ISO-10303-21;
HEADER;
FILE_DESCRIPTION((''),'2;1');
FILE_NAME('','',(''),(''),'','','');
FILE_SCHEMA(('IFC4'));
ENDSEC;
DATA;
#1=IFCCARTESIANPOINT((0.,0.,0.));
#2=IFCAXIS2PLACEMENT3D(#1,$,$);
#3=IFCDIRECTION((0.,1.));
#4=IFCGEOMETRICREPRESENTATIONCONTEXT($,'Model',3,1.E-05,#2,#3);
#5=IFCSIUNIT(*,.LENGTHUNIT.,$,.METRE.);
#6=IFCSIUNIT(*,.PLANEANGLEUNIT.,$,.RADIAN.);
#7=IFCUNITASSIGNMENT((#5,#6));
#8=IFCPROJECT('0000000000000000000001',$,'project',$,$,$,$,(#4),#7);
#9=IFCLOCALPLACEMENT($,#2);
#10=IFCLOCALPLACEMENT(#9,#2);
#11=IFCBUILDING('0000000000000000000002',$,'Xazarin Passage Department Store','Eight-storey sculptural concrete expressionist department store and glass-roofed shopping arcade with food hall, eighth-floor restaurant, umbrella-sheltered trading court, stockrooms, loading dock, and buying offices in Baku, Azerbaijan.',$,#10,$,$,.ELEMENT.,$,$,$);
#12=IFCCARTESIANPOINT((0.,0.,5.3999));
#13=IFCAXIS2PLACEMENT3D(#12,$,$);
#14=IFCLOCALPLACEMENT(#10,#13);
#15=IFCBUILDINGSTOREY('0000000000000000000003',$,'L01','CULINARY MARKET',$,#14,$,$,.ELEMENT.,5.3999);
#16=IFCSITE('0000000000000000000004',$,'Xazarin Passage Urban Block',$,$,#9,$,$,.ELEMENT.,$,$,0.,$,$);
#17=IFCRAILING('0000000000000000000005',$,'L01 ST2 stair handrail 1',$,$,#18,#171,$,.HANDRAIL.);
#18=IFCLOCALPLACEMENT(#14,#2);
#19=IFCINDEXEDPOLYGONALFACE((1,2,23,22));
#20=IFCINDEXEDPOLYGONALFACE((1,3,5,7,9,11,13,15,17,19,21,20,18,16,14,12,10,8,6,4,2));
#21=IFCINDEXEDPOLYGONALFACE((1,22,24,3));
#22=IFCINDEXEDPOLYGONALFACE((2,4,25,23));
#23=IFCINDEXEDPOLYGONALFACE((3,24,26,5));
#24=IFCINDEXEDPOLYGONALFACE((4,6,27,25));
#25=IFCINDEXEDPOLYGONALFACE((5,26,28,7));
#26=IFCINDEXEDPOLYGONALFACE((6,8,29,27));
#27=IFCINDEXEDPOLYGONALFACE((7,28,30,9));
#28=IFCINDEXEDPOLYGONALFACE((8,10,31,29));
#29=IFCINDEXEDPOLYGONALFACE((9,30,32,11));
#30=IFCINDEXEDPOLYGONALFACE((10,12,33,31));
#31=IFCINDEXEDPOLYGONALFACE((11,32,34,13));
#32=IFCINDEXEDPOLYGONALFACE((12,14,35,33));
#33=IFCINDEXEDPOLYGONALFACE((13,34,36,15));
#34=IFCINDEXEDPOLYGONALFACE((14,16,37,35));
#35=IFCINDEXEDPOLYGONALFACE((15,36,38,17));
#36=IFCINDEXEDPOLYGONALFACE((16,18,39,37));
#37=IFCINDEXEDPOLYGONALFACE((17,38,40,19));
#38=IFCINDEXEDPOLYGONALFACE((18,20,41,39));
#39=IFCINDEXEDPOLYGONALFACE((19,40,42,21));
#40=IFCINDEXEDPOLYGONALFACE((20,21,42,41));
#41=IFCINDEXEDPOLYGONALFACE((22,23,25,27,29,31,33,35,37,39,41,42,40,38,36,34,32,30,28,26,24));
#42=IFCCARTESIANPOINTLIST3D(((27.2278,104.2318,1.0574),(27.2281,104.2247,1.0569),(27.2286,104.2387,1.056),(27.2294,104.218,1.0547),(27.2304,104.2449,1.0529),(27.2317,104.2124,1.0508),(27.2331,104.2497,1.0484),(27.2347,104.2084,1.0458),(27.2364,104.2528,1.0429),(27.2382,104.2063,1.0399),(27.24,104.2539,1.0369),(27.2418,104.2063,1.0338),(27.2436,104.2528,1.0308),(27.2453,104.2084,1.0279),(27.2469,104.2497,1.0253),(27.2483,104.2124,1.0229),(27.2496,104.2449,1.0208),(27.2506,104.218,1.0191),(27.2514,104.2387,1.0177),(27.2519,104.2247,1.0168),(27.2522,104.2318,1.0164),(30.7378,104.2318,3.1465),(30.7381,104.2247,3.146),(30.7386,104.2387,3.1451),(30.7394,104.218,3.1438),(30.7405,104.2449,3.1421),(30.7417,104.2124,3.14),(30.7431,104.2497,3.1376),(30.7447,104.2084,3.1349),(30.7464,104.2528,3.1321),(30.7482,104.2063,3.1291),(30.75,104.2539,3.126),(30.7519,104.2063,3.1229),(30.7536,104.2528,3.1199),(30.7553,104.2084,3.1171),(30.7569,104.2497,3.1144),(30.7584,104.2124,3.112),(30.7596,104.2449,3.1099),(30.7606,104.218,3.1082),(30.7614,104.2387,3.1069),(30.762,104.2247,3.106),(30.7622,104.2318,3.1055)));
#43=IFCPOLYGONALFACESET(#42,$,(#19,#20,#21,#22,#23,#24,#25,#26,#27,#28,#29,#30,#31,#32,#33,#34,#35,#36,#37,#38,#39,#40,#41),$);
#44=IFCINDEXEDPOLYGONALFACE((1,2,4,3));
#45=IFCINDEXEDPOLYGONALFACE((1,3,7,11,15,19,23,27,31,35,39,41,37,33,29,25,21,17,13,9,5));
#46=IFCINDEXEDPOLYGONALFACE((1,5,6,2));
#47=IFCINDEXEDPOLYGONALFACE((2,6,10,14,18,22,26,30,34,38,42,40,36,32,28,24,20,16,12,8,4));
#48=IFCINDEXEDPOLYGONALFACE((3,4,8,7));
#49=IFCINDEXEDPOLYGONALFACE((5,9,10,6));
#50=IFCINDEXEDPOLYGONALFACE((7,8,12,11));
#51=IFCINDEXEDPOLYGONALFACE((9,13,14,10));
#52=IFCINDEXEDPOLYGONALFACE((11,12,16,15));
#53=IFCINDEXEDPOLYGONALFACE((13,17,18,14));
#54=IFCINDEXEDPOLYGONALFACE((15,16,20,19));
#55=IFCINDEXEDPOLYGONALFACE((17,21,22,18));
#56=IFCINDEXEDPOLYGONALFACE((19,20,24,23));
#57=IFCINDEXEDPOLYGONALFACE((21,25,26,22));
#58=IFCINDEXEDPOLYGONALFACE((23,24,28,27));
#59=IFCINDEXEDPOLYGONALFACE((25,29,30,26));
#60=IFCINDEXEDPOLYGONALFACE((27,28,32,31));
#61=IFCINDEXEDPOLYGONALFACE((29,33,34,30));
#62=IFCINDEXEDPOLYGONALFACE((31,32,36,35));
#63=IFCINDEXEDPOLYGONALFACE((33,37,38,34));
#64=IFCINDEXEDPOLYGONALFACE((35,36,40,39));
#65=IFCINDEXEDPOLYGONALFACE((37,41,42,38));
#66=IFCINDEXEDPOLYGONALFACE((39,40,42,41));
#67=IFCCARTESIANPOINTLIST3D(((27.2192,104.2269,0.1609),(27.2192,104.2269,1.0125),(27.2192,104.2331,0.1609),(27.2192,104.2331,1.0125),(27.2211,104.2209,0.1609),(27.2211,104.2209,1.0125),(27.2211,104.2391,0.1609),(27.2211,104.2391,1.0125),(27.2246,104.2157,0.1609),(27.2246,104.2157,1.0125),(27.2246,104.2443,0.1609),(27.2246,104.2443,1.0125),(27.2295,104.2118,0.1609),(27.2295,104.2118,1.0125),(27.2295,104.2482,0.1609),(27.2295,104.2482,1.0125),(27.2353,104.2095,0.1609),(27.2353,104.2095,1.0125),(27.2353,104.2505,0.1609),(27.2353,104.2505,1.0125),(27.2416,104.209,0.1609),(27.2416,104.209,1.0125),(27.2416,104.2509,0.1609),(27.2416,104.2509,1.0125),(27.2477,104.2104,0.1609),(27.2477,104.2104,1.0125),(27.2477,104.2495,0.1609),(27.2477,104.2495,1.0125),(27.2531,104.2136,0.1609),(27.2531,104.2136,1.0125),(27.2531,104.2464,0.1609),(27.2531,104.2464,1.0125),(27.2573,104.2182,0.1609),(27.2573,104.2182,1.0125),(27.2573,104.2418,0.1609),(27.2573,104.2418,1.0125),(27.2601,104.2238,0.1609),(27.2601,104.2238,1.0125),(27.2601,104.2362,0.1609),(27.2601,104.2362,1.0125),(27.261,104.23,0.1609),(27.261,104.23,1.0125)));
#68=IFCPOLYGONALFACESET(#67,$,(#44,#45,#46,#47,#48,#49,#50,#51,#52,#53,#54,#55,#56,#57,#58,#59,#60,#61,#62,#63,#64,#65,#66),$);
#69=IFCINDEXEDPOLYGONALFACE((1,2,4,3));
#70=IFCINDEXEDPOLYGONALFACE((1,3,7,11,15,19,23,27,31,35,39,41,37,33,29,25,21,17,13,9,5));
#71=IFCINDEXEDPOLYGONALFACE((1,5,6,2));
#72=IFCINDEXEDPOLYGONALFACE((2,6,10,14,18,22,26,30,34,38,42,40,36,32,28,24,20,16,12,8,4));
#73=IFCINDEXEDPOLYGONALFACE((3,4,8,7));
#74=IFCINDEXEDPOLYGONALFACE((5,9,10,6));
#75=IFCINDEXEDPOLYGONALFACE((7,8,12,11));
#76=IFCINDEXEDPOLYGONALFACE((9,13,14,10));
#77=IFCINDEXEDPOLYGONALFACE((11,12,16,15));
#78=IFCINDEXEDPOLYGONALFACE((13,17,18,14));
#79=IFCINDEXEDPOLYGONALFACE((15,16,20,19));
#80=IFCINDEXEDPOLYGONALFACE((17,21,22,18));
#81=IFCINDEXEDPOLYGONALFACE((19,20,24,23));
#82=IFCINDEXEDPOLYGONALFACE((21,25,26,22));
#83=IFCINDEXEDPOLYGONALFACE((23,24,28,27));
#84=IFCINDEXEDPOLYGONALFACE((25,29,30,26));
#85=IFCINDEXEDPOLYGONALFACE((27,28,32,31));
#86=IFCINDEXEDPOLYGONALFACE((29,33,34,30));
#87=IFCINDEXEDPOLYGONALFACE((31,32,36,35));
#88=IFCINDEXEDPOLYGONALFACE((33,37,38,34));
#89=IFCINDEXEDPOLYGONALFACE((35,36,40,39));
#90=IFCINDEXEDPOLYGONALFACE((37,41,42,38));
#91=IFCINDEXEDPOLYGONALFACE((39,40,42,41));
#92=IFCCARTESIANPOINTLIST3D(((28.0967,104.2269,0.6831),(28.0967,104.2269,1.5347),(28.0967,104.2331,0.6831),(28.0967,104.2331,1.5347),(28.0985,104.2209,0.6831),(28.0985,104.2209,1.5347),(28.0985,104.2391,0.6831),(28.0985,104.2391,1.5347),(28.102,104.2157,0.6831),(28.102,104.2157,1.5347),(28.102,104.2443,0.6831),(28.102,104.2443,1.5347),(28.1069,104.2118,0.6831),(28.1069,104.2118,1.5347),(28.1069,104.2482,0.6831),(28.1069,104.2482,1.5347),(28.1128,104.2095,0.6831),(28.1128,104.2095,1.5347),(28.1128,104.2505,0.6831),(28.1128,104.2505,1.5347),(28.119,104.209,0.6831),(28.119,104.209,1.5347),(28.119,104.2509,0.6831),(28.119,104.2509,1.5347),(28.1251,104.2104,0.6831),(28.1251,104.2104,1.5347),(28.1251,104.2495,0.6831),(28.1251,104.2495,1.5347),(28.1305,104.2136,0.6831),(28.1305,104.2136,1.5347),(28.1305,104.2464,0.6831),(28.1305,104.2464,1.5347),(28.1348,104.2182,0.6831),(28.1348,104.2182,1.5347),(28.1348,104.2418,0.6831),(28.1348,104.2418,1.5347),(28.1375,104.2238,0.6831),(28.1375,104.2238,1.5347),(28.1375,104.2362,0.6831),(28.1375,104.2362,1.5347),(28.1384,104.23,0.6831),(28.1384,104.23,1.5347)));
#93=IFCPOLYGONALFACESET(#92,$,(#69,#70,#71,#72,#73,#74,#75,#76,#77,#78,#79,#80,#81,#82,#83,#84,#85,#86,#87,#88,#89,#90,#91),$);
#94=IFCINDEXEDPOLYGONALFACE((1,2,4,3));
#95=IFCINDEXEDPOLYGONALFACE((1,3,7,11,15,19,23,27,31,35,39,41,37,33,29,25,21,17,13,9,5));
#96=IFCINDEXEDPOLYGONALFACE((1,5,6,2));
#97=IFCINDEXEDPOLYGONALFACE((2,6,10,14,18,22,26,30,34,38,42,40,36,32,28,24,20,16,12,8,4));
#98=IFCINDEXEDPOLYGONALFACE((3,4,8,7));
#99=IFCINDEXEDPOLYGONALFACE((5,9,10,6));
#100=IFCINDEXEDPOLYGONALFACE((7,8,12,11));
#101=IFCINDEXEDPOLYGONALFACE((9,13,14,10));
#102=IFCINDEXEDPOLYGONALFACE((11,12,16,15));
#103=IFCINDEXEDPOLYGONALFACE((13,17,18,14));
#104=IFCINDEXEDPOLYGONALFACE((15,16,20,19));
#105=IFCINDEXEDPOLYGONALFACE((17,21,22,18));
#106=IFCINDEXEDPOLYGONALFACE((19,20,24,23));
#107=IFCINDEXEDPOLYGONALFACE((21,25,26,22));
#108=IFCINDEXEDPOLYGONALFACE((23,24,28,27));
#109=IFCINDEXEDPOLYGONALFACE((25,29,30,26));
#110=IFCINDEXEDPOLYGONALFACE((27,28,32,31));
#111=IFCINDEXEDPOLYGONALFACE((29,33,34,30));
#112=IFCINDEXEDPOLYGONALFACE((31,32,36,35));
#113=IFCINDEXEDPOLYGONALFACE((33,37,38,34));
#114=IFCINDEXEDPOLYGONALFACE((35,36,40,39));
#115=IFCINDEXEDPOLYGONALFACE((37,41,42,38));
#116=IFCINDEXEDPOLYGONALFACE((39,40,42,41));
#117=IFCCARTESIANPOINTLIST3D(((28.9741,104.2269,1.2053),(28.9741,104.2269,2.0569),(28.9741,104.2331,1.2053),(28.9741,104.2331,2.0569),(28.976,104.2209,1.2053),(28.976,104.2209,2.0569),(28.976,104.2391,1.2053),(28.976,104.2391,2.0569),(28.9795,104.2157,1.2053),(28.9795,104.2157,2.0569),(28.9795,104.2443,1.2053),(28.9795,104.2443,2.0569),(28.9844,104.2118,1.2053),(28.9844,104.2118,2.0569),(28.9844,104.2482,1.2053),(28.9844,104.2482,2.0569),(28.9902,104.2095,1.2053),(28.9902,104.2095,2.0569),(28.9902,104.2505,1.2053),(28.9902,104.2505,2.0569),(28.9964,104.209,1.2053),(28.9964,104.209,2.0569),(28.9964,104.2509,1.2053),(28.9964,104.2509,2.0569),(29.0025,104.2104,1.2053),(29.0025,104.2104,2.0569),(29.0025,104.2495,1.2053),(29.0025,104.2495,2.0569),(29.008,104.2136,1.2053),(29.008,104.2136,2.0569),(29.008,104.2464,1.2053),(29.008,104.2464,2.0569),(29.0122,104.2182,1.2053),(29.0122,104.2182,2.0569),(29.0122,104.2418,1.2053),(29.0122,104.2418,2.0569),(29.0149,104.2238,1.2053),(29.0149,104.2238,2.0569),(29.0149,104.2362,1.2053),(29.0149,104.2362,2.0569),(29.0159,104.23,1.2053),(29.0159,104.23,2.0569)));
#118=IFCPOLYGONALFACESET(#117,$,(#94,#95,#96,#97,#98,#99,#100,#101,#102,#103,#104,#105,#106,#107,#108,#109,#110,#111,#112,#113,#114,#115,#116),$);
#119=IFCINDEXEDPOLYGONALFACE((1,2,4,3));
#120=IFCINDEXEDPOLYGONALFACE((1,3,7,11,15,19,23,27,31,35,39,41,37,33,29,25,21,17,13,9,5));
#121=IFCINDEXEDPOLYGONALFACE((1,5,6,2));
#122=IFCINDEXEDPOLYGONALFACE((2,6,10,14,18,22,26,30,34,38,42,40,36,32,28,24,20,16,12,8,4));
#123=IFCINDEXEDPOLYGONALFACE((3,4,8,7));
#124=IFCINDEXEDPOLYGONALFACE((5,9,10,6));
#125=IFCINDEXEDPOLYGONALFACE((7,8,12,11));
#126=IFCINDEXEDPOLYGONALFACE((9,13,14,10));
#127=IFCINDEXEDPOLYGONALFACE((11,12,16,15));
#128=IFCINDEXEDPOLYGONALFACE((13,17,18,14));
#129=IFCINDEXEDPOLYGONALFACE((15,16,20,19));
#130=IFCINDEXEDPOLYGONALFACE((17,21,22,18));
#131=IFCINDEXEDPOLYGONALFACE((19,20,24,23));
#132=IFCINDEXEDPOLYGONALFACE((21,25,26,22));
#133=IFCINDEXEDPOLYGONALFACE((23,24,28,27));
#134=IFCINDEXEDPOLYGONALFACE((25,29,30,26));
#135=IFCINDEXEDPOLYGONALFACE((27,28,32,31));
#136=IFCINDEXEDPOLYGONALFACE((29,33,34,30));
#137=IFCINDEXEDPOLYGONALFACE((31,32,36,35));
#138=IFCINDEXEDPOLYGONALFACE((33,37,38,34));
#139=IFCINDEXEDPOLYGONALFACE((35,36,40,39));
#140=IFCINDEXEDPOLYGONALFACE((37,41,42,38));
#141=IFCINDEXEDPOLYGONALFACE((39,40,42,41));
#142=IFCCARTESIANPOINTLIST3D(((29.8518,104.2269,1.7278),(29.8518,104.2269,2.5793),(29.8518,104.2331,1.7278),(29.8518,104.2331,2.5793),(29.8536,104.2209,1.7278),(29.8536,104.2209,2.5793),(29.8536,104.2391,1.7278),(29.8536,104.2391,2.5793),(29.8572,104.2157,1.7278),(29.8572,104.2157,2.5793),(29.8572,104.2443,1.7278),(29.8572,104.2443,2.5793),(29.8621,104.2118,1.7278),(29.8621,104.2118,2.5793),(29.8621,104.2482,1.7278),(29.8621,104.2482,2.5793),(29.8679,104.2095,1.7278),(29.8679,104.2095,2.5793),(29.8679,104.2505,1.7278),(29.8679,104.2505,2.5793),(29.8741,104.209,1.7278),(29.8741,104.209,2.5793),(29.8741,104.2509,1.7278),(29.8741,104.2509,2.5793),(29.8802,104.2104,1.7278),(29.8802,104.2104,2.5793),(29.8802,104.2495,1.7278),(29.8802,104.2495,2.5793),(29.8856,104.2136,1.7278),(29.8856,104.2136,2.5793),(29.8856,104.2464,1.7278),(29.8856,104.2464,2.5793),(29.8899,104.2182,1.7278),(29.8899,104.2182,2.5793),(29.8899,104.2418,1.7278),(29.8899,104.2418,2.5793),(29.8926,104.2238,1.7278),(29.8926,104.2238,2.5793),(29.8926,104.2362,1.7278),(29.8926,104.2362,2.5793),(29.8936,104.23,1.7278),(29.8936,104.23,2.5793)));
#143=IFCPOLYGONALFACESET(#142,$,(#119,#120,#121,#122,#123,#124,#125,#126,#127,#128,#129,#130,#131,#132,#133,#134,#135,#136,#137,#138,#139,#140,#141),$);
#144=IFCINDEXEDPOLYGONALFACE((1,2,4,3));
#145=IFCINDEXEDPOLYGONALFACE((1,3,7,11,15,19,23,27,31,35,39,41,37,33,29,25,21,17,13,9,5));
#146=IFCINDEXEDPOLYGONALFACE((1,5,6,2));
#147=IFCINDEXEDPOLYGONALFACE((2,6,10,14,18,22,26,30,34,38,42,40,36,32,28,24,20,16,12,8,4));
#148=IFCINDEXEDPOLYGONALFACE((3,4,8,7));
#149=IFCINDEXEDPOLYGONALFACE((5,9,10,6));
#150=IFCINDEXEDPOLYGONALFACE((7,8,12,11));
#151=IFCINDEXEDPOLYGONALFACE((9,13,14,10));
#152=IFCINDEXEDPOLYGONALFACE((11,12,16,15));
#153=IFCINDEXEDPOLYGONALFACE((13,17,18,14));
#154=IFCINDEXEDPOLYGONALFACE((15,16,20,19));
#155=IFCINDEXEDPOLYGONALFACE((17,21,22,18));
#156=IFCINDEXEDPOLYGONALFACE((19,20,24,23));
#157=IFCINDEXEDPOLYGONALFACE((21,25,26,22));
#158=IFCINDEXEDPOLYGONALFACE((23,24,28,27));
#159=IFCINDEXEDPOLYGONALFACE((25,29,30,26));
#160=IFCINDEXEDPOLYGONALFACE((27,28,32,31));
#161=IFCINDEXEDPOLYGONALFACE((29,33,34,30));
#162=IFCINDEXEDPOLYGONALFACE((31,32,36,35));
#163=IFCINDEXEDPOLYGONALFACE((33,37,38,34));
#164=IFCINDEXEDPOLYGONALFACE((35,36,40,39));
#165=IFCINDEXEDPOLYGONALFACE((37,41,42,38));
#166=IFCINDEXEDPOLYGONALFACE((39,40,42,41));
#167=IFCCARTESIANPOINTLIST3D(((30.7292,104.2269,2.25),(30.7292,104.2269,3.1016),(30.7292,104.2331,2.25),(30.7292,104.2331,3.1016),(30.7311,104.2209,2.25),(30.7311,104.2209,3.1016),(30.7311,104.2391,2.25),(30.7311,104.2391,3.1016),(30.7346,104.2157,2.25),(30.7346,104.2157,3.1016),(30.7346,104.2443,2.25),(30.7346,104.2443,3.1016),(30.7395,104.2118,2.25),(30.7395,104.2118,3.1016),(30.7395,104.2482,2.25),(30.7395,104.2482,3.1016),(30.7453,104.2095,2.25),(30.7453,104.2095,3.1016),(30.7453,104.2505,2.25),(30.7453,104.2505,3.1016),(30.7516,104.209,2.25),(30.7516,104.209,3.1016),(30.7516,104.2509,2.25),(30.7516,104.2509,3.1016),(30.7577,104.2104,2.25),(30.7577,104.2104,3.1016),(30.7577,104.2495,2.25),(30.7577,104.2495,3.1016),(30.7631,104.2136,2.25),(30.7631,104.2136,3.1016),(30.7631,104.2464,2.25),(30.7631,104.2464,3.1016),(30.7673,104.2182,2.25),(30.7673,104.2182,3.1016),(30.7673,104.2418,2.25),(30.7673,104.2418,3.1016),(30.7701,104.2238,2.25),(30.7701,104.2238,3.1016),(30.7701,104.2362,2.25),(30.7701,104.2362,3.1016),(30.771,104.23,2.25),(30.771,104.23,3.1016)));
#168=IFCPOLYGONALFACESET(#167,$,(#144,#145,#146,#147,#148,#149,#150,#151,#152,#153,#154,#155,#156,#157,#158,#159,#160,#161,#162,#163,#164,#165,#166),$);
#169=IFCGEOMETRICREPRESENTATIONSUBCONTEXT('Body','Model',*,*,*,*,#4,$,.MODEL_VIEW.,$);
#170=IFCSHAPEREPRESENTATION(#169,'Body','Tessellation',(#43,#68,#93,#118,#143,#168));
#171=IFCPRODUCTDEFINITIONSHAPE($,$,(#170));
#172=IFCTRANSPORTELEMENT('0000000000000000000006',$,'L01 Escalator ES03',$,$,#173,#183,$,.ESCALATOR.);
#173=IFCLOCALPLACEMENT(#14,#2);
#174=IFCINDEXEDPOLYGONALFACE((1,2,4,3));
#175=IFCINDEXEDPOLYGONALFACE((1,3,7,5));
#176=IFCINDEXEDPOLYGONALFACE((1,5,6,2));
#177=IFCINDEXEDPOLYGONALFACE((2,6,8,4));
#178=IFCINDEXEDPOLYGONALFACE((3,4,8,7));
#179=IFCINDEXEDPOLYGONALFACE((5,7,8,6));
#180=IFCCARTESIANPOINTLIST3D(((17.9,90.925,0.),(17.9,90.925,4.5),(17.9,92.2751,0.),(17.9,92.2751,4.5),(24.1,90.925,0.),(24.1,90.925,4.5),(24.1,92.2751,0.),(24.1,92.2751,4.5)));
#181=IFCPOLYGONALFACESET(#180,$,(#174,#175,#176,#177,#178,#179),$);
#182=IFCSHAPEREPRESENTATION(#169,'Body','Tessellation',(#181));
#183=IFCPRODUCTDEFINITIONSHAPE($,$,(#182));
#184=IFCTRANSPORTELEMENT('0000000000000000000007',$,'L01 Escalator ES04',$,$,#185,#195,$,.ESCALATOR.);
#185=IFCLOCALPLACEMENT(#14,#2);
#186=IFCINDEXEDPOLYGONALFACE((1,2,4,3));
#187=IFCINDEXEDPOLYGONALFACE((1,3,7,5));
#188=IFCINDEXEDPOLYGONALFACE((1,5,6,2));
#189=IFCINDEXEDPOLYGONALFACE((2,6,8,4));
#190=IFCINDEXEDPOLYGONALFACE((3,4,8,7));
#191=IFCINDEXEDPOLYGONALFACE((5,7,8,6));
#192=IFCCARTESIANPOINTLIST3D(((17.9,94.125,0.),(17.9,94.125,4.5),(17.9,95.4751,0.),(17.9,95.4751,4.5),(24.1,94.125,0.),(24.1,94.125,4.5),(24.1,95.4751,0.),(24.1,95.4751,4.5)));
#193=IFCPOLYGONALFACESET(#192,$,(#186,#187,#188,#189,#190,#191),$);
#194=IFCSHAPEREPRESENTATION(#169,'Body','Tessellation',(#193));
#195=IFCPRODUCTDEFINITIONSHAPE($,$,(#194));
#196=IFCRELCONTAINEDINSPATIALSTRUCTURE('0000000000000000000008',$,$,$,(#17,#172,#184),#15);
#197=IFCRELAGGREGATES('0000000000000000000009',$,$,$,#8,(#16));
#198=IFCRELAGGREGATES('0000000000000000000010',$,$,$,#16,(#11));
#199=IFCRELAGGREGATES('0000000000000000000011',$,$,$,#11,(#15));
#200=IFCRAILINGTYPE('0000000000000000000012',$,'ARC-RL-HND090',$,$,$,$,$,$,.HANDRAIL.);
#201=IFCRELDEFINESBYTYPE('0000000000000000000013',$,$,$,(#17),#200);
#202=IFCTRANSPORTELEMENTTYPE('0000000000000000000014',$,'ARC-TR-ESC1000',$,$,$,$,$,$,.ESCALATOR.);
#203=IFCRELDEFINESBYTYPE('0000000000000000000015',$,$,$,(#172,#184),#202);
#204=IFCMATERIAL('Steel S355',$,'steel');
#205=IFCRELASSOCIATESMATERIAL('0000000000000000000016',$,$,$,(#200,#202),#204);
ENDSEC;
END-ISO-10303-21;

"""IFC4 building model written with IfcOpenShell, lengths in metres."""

from ifc_helpers import new_model, si_unit, direction, frame, origin, origin_2d, place, context, subcontext, project, spatial, rectangle, circle, extrude, material, type_object, element, save


model = new_model("IFC4")

# Units and contexts
model_context = context("Model", 3, precision=1e-05, world=origin(), true_north=direction((0.0, 1.0)))
body_context = subcontext(model_context, "Body", "Model", "MODEL_VIEW")
ifc_project = project(units=[si_unit("LENGTHUNIT", "METRE"), si_unit("PLANEANGLEUNIT", "RADIAN")], contexts=[model_context])

# Site, building, storey
site_placement = place(None, origin())
site = spatial("IfcSite", under=ifc_project, at=site_placement, Name="Xazarin Passage Urban Block", CompositionType="ELEMENT", RefElevation=0.0)
building_placement = place(site_placement, origin())
building = spatial("IfcBuilding", under=site, at=building_placement, Name="Xazarin Passage Department Store", Description="Eight-storey sculptural concrete expressionist department store and glass-roofed shopping arcade with food hall, eighth-floor restaurant, umbrella-sheltered trading court, stockrooms, loading dock, and buying offices in Baku, Azerbaijan.", CompositionType="ELEMENT")
storey_placement = place(building_placement, frame((0.0, 0.0, 5.3999)))
storey = spatial("IfcBuildingStorey", under=building, at=storey_placement, Name="L01", Description="CULINARY MARKET", CompositionType="ELEMENT", Elevation=5.3999)

# Railing
ifc_material_1 = material(Name="Steel S355", Category="steel")
railing_type_1 = type_object("IfcRailingType", Name="ARC-RL-HND090", PredefinedType="HANDRAIL", material=ifc_material_1)
railing_1_placement = place(storey_placement, frame((27.24, 104.23, 0.1609)))
element("IfcRailing", 1, at=railing_1_placement, inside=storey, type_object=railing_type_1, Name="L01 ST2 stair handrail 1", PredefinedType="HANDRAIL", context=body_context, shape_type="SweptSolid", body=[
    extrude(circle(Radius=0.0239, at=origin_2d()), frame((0.0, 0.0, 0.876), z_axis=(0.859312, 0.0, 0.511451), x_axis=(0.0, 1.0, 0.0)), (0.0, 0.0, 1.0), 4.0847),
    extrude(circle(Radius=0.021, at=origin_2d()), origin(), (0.0, 0.0, 1.0), 0.8516),
    extrude(circle(Radius=0.021, at=origin_2d()), frame((0.8774, 0.0, 0.5222)), (0.0, 0.0, 1.0), 0.8516),
    extrude(circle(Radius=0.021, at=origin_2d()), frame((1.7549, 0.0, 1.0444)), (0.0, 0.0, 1.0), 0.8516),
    extrude(circle(Radius=0.021, at=origin_2d()), frame((2.6326, 0.0, 1.5669)), (0.0, 0.0, 1.0), 0.8516),
    extrude(circle(Radius=0.021, at=origin_2d()), frame((3.51, 0.0, 2.0891)), (0.0, 0.0, 1.0), 0.8516),
])

# Transport elements
transport_element_type = type_object("IfcTransportElementType", Name="ARC-TR-ESC1000", PredefinedType="ESCALATOR", material=ifc_material_1)
for number, where, z_axis, x_axis, name in (
    (2, (21.0, 91.6001, 0.0), (0.0, 0.0, 1.0), (1.0, 0.0, 0.0), "L01 Escalator ES03"),
    (3, (21.0, 94.8, 0.0), (0.0, 0.0, 1.0), (1.0, 0.0, 0.0), "L01 Escalator ES04"),
):
    element("IfcTransportElement", number, at=place(storey_placement, frame(where, z_axis=z_axis, x_axis=x_axis)), inside=storey, type_object=transport_element_type, Name=name, PredefinedType="ESCALATOR", context=body_context, shape_type="SweptSolid", body=[
        extrude(rectangle(XDim=6.2, YDim=1.3501, at=origin_2d()), origin(), (0.0, 0.0, 1.0), 4.5),
    ])

save(model, "model.ifc")
